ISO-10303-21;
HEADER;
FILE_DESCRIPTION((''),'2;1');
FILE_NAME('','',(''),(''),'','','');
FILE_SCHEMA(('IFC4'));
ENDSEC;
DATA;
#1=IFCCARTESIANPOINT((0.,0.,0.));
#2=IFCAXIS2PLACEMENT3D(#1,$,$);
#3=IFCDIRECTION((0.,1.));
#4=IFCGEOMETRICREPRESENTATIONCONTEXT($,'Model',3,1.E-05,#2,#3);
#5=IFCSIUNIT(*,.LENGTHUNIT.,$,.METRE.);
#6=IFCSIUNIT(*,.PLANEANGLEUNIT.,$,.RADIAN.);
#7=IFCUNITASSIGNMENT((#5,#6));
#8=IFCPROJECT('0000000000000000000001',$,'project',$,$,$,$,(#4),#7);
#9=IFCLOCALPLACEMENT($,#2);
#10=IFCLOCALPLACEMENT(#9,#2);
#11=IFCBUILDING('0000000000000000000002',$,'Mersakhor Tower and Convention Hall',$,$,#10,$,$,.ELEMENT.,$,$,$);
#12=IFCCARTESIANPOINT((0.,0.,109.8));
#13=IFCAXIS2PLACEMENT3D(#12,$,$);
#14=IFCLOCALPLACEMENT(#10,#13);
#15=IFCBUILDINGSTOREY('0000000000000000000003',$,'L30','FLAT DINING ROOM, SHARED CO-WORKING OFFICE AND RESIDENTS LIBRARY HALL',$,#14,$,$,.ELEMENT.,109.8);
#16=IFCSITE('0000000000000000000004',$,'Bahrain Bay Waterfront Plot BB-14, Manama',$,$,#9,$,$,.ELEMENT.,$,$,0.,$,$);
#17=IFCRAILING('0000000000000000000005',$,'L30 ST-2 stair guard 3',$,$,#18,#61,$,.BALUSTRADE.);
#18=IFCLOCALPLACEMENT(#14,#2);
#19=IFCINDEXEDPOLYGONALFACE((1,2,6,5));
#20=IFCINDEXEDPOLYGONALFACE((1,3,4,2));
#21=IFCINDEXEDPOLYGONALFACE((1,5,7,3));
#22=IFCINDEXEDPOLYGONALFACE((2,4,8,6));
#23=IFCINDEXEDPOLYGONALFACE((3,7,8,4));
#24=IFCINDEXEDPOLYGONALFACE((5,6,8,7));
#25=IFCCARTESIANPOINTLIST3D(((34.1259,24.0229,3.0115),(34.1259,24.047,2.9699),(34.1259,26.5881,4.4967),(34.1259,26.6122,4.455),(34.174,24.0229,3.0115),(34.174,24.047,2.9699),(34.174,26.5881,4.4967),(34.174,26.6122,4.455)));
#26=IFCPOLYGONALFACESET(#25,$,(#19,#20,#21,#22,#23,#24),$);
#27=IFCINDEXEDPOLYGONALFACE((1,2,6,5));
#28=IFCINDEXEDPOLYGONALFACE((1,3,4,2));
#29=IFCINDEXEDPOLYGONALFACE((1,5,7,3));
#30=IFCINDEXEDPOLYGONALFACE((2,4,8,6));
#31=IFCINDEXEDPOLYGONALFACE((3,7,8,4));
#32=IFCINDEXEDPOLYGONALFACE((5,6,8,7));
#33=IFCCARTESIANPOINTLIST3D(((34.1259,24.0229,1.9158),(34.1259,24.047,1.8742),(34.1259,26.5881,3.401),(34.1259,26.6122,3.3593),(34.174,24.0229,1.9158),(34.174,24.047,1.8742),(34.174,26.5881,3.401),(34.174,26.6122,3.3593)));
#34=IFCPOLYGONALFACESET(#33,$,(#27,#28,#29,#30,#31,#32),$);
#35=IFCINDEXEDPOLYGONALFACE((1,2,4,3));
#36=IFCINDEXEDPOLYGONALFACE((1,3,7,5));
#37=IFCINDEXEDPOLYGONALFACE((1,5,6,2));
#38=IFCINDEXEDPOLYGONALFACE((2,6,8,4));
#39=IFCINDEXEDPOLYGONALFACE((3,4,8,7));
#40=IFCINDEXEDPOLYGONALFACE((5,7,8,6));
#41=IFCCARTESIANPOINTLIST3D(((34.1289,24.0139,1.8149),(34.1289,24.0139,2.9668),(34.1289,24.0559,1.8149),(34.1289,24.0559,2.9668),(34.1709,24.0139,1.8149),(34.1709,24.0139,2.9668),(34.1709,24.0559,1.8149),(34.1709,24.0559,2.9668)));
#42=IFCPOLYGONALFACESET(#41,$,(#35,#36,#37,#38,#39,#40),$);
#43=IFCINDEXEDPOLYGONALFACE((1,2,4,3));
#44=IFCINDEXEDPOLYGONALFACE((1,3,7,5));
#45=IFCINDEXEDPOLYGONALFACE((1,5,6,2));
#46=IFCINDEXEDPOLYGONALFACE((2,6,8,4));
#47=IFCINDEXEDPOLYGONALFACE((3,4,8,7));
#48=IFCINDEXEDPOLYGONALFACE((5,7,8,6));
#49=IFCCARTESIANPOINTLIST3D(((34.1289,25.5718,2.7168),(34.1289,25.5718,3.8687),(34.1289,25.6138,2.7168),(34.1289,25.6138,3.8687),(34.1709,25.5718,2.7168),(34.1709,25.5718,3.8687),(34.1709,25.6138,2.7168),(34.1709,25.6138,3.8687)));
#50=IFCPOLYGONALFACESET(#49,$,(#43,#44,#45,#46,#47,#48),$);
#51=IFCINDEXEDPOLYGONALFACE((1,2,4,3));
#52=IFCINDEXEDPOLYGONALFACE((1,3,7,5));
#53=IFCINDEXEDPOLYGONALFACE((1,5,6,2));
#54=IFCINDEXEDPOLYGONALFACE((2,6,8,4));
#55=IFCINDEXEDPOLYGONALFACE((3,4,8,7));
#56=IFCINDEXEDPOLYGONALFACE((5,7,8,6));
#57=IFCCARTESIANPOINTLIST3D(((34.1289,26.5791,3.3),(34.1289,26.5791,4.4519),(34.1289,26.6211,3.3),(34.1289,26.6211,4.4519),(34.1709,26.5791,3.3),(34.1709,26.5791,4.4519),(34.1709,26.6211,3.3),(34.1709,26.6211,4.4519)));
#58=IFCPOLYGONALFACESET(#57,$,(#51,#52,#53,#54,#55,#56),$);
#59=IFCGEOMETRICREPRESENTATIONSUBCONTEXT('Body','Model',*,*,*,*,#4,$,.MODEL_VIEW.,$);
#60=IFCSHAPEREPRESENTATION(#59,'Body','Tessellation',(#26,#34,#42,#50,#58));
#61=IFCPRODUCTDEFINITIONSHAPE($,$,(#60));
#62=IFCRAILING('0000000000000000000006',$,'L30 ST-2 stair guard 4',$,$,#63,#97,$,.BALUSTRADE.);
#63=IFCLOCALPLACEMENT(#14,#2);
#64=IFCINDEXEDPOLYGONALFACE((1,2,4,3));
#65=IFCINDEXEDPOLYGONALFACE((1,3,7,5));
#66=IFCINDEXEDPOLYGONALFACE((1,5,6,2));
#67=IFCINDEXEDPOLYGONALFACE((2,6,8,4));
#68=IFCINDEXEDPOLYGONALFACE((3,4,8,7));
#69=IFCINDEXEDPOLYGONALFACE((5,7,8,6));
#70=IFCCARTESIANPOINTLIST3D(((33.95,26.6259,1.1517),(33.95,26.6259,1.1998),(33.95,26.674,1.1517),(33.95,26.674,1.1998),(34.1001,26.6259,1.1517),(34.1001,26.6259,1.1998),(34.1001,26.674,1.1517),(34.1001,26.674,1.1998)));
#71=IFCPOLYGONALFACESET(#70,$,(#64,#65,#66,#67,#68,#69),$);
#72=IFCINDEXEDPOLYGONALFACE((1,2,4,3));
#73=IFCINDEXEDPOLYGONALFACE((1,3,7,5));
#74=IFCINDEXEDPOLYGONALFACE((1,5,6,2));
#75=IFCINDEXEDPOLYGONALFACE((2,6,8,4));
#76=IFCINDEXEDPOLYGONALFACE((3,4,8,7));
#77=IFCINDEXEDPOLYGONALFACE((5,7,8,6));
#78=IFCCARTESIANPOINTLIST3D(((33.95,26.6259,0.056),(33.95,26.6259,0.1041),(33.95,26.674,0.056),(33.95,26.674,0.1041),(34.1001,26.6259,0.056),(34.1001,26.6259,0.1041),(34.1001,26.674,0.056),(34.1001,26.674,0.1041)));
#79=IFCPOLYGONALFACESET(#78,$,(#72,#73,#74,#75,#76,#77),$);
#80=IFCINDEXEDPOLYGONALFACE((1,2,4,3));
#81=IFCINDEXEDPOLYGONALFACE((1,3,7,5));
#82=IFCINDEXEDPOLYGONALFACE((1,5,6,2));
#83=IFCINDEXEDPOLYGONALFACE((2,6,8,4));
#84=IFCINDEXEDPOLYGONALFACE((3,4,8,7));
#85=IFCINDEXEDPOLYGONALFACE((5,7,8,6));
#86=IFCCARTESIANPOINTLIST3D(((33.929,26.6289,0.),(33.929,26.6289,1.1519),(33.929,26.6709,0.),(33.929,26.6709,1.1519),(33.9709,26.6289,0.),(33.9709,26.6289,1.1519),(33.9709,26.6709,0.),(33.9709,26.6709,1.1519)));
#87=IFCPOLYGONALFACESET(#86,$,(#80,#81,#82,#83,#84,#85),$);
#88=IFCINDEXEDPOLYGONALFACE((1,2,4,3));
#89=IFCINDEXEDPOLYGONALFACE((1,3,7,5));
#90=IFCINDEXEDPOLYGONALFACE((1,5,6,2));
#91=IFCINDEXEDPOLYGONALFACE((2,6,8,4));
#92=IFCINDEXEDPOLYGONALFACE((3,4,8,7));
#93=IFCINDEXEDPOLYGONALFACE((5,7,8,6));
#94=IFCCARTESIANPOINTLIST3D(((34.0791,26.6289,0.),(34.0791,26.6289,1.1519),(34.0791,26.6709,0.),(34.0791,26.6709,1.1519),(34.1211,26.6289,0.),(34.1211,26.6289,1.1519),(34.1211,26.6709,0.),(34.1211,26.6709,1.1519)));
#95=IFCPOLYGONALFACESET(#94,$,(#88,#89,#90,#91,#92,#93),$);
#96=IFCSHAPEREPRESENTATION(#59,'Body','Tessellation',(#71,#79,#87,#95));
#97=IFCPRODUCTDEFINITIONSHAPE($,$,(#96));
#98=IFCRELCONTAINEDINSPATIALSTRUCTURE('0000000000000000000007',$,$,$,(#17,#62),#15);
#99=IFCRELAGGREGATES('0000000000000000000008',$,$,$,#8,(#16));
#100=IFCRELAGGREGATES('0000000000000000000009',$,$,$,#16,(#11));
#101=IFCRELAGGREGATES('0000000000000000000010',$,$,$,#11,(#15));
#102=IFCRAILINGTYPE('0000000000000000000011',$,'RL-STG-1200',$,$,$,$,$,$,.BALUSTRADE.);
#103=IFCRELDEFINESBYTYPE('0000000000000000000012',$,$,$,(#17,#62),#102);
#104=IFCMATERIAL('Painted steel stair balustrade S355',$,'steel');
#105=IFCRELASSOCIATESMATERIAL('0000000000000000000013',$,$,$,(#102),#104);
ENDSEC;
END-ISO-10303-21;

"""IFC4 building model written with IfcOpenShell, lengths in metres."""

from ifc_helpers import new_model, si_unit, direction, frame, origin, origin_2d, place, context, subcontext, project, spatial, rectangle, extrude, material, type_object, element, save


model = new_model("IFC4")

# Units and contexts
model_context = context("Model", 3, precision=1e-05, world=origin(), true_north=direction((0.0, 1.0)))
body_context = subcontext(model_context, "Body", "Model", "MODEL_VIEW")
ifc_project = project(units=[si_unit("LENGTHUNIT", "METRE"), si_unit("PLANEANGLEUNIT", "RADIAN")], contexts=[model_context])

# Site, building, storey
site_placement = place(None, origin())
site = spatial("IfcSite", under=ifc_project, at=site_placement, Name="Bahrain Bay Waterfront Plot BB-14, Manama", CompositionType="ELEMENT", RefElevation=0.0)
building_placement = place(site_placement, origin())
building = spatial("IfcBuilding", under=site, at=building_placement, Name="Mersakhor Tower and Convention Hall", CompositionType="ELEMENT")
storey_placement = place(building_placement, frame((0.0, 0.0, 109.8)))
storey = spatial("IfcBuildingStorey", under=building, at=storey_placement, Name="L30", Description="FLAT DINING ROOM, SHARED CO-WORKING OFFICE AND RESIDENTS LIBRARY HALL", CompositionType="ELEMENT", Elevation=109.8)

# Railings
ifc_material_1 = material(Name="Painted steel stair balustrade S355", Category="steel")
railing_type_1 = type_object("IfcRailingType", Name="RL-STG-1200", PredefinedType="BALUSTRADE", material=ifc_material_1)
railing_1_placement = place(storey_placement, frame((34.1499, 24.0349, 1.8149)))
element("IfcRailing", 1, at=railing_1_placement, inside=storey, type_object=railing_type_1, Name="L30 ST-2 stair guard 3", PredefinedType="BALUSTRADE", context=body_context, shape_type="SweptSolid", body=[
    extrude(rectangle(XDim=0.0481, YDim=0.0481, at=origin_2d()), frame((0.0, 0.0, 1.1758), z_axis=(0.0, 0.865426, 0.501036), x_axis=(-1.0, 0.0, 0.0)), (0.0, 0.0, 1.0), 2.9641),
    extrude(rectangle(XDim=0.0481, YDim=0.0481, at=origin_2d()), frame((0.0, 0.0, 0.0801), z_axis=(0.0, 0.865426, 0.501036), x_axis=(-1.0, 0.0, 0.0)), (0.0, 0.0, 1.0), 2.9641),
    extrude(rectangle(XDim=0.042, YDim=0.042, at=origin_2d()), origin(), (0.0, 0.0, 1.0), 1.1519),
    extrude(rectangle(XDim=0.042, YDim=0.042, at=origin_2d()), frame((0.0, 1.5579, 0.9019)), (0.0, 0.0, 1.0), 1.1519),
    extrude(rectangle(XDim=0.042, YDim=0.042, at=origin_2d()), frame((0.0, 2.5652, 1.4851)), (0.0, 0.0, 1.0), 1.1519),
])
railing_2_placement = place(storey_placement, frame((33.95, 26.6499, 0.0)))
element("IfcRailing", 2, at=railing_2_placement, inside=storey, type_object=railing_type_1, Name="L30 ST-2 stair guard 4", PredefinedType="BALUSTRADE", context=body_context, shape_type="SweptSolid", body=[
    extrude(rectangle(XDim=0.0481, YDim=0.0481, at=origin_2d()), frame((0.0, 0.0, 1.1758), z_axis=(1.0, 0.0, 0.0), x_axis=(0.0, 1.0, 0.0)), (0.0, 0.0, 1.0), 0.1501),
    extrude(rectangle(XDim=0.0481, YDim=0.0481, at=origin_2d()), frame((0.0, 0.0, 0.0801), z_axis=(1.0, 0.0, 0.0), x_axis=(0.0, 1.0, 0.0)), (0.0, 0.0, 1.0), 0.1501),
    extrude(rectangle(XDim=0.042, YDim=0.042, at=origin_2d()), origin(), (0.0, 0.0, 1.0), 1.1519),
    extrude(rectangle(XDim=0.042, YDim=0.042, at=origin_2d()), frame((0.1501, 0.0, 0.0)), (0.0, 0.0, 1.0), 1.1519),
])

save(model, "model.ifc")
